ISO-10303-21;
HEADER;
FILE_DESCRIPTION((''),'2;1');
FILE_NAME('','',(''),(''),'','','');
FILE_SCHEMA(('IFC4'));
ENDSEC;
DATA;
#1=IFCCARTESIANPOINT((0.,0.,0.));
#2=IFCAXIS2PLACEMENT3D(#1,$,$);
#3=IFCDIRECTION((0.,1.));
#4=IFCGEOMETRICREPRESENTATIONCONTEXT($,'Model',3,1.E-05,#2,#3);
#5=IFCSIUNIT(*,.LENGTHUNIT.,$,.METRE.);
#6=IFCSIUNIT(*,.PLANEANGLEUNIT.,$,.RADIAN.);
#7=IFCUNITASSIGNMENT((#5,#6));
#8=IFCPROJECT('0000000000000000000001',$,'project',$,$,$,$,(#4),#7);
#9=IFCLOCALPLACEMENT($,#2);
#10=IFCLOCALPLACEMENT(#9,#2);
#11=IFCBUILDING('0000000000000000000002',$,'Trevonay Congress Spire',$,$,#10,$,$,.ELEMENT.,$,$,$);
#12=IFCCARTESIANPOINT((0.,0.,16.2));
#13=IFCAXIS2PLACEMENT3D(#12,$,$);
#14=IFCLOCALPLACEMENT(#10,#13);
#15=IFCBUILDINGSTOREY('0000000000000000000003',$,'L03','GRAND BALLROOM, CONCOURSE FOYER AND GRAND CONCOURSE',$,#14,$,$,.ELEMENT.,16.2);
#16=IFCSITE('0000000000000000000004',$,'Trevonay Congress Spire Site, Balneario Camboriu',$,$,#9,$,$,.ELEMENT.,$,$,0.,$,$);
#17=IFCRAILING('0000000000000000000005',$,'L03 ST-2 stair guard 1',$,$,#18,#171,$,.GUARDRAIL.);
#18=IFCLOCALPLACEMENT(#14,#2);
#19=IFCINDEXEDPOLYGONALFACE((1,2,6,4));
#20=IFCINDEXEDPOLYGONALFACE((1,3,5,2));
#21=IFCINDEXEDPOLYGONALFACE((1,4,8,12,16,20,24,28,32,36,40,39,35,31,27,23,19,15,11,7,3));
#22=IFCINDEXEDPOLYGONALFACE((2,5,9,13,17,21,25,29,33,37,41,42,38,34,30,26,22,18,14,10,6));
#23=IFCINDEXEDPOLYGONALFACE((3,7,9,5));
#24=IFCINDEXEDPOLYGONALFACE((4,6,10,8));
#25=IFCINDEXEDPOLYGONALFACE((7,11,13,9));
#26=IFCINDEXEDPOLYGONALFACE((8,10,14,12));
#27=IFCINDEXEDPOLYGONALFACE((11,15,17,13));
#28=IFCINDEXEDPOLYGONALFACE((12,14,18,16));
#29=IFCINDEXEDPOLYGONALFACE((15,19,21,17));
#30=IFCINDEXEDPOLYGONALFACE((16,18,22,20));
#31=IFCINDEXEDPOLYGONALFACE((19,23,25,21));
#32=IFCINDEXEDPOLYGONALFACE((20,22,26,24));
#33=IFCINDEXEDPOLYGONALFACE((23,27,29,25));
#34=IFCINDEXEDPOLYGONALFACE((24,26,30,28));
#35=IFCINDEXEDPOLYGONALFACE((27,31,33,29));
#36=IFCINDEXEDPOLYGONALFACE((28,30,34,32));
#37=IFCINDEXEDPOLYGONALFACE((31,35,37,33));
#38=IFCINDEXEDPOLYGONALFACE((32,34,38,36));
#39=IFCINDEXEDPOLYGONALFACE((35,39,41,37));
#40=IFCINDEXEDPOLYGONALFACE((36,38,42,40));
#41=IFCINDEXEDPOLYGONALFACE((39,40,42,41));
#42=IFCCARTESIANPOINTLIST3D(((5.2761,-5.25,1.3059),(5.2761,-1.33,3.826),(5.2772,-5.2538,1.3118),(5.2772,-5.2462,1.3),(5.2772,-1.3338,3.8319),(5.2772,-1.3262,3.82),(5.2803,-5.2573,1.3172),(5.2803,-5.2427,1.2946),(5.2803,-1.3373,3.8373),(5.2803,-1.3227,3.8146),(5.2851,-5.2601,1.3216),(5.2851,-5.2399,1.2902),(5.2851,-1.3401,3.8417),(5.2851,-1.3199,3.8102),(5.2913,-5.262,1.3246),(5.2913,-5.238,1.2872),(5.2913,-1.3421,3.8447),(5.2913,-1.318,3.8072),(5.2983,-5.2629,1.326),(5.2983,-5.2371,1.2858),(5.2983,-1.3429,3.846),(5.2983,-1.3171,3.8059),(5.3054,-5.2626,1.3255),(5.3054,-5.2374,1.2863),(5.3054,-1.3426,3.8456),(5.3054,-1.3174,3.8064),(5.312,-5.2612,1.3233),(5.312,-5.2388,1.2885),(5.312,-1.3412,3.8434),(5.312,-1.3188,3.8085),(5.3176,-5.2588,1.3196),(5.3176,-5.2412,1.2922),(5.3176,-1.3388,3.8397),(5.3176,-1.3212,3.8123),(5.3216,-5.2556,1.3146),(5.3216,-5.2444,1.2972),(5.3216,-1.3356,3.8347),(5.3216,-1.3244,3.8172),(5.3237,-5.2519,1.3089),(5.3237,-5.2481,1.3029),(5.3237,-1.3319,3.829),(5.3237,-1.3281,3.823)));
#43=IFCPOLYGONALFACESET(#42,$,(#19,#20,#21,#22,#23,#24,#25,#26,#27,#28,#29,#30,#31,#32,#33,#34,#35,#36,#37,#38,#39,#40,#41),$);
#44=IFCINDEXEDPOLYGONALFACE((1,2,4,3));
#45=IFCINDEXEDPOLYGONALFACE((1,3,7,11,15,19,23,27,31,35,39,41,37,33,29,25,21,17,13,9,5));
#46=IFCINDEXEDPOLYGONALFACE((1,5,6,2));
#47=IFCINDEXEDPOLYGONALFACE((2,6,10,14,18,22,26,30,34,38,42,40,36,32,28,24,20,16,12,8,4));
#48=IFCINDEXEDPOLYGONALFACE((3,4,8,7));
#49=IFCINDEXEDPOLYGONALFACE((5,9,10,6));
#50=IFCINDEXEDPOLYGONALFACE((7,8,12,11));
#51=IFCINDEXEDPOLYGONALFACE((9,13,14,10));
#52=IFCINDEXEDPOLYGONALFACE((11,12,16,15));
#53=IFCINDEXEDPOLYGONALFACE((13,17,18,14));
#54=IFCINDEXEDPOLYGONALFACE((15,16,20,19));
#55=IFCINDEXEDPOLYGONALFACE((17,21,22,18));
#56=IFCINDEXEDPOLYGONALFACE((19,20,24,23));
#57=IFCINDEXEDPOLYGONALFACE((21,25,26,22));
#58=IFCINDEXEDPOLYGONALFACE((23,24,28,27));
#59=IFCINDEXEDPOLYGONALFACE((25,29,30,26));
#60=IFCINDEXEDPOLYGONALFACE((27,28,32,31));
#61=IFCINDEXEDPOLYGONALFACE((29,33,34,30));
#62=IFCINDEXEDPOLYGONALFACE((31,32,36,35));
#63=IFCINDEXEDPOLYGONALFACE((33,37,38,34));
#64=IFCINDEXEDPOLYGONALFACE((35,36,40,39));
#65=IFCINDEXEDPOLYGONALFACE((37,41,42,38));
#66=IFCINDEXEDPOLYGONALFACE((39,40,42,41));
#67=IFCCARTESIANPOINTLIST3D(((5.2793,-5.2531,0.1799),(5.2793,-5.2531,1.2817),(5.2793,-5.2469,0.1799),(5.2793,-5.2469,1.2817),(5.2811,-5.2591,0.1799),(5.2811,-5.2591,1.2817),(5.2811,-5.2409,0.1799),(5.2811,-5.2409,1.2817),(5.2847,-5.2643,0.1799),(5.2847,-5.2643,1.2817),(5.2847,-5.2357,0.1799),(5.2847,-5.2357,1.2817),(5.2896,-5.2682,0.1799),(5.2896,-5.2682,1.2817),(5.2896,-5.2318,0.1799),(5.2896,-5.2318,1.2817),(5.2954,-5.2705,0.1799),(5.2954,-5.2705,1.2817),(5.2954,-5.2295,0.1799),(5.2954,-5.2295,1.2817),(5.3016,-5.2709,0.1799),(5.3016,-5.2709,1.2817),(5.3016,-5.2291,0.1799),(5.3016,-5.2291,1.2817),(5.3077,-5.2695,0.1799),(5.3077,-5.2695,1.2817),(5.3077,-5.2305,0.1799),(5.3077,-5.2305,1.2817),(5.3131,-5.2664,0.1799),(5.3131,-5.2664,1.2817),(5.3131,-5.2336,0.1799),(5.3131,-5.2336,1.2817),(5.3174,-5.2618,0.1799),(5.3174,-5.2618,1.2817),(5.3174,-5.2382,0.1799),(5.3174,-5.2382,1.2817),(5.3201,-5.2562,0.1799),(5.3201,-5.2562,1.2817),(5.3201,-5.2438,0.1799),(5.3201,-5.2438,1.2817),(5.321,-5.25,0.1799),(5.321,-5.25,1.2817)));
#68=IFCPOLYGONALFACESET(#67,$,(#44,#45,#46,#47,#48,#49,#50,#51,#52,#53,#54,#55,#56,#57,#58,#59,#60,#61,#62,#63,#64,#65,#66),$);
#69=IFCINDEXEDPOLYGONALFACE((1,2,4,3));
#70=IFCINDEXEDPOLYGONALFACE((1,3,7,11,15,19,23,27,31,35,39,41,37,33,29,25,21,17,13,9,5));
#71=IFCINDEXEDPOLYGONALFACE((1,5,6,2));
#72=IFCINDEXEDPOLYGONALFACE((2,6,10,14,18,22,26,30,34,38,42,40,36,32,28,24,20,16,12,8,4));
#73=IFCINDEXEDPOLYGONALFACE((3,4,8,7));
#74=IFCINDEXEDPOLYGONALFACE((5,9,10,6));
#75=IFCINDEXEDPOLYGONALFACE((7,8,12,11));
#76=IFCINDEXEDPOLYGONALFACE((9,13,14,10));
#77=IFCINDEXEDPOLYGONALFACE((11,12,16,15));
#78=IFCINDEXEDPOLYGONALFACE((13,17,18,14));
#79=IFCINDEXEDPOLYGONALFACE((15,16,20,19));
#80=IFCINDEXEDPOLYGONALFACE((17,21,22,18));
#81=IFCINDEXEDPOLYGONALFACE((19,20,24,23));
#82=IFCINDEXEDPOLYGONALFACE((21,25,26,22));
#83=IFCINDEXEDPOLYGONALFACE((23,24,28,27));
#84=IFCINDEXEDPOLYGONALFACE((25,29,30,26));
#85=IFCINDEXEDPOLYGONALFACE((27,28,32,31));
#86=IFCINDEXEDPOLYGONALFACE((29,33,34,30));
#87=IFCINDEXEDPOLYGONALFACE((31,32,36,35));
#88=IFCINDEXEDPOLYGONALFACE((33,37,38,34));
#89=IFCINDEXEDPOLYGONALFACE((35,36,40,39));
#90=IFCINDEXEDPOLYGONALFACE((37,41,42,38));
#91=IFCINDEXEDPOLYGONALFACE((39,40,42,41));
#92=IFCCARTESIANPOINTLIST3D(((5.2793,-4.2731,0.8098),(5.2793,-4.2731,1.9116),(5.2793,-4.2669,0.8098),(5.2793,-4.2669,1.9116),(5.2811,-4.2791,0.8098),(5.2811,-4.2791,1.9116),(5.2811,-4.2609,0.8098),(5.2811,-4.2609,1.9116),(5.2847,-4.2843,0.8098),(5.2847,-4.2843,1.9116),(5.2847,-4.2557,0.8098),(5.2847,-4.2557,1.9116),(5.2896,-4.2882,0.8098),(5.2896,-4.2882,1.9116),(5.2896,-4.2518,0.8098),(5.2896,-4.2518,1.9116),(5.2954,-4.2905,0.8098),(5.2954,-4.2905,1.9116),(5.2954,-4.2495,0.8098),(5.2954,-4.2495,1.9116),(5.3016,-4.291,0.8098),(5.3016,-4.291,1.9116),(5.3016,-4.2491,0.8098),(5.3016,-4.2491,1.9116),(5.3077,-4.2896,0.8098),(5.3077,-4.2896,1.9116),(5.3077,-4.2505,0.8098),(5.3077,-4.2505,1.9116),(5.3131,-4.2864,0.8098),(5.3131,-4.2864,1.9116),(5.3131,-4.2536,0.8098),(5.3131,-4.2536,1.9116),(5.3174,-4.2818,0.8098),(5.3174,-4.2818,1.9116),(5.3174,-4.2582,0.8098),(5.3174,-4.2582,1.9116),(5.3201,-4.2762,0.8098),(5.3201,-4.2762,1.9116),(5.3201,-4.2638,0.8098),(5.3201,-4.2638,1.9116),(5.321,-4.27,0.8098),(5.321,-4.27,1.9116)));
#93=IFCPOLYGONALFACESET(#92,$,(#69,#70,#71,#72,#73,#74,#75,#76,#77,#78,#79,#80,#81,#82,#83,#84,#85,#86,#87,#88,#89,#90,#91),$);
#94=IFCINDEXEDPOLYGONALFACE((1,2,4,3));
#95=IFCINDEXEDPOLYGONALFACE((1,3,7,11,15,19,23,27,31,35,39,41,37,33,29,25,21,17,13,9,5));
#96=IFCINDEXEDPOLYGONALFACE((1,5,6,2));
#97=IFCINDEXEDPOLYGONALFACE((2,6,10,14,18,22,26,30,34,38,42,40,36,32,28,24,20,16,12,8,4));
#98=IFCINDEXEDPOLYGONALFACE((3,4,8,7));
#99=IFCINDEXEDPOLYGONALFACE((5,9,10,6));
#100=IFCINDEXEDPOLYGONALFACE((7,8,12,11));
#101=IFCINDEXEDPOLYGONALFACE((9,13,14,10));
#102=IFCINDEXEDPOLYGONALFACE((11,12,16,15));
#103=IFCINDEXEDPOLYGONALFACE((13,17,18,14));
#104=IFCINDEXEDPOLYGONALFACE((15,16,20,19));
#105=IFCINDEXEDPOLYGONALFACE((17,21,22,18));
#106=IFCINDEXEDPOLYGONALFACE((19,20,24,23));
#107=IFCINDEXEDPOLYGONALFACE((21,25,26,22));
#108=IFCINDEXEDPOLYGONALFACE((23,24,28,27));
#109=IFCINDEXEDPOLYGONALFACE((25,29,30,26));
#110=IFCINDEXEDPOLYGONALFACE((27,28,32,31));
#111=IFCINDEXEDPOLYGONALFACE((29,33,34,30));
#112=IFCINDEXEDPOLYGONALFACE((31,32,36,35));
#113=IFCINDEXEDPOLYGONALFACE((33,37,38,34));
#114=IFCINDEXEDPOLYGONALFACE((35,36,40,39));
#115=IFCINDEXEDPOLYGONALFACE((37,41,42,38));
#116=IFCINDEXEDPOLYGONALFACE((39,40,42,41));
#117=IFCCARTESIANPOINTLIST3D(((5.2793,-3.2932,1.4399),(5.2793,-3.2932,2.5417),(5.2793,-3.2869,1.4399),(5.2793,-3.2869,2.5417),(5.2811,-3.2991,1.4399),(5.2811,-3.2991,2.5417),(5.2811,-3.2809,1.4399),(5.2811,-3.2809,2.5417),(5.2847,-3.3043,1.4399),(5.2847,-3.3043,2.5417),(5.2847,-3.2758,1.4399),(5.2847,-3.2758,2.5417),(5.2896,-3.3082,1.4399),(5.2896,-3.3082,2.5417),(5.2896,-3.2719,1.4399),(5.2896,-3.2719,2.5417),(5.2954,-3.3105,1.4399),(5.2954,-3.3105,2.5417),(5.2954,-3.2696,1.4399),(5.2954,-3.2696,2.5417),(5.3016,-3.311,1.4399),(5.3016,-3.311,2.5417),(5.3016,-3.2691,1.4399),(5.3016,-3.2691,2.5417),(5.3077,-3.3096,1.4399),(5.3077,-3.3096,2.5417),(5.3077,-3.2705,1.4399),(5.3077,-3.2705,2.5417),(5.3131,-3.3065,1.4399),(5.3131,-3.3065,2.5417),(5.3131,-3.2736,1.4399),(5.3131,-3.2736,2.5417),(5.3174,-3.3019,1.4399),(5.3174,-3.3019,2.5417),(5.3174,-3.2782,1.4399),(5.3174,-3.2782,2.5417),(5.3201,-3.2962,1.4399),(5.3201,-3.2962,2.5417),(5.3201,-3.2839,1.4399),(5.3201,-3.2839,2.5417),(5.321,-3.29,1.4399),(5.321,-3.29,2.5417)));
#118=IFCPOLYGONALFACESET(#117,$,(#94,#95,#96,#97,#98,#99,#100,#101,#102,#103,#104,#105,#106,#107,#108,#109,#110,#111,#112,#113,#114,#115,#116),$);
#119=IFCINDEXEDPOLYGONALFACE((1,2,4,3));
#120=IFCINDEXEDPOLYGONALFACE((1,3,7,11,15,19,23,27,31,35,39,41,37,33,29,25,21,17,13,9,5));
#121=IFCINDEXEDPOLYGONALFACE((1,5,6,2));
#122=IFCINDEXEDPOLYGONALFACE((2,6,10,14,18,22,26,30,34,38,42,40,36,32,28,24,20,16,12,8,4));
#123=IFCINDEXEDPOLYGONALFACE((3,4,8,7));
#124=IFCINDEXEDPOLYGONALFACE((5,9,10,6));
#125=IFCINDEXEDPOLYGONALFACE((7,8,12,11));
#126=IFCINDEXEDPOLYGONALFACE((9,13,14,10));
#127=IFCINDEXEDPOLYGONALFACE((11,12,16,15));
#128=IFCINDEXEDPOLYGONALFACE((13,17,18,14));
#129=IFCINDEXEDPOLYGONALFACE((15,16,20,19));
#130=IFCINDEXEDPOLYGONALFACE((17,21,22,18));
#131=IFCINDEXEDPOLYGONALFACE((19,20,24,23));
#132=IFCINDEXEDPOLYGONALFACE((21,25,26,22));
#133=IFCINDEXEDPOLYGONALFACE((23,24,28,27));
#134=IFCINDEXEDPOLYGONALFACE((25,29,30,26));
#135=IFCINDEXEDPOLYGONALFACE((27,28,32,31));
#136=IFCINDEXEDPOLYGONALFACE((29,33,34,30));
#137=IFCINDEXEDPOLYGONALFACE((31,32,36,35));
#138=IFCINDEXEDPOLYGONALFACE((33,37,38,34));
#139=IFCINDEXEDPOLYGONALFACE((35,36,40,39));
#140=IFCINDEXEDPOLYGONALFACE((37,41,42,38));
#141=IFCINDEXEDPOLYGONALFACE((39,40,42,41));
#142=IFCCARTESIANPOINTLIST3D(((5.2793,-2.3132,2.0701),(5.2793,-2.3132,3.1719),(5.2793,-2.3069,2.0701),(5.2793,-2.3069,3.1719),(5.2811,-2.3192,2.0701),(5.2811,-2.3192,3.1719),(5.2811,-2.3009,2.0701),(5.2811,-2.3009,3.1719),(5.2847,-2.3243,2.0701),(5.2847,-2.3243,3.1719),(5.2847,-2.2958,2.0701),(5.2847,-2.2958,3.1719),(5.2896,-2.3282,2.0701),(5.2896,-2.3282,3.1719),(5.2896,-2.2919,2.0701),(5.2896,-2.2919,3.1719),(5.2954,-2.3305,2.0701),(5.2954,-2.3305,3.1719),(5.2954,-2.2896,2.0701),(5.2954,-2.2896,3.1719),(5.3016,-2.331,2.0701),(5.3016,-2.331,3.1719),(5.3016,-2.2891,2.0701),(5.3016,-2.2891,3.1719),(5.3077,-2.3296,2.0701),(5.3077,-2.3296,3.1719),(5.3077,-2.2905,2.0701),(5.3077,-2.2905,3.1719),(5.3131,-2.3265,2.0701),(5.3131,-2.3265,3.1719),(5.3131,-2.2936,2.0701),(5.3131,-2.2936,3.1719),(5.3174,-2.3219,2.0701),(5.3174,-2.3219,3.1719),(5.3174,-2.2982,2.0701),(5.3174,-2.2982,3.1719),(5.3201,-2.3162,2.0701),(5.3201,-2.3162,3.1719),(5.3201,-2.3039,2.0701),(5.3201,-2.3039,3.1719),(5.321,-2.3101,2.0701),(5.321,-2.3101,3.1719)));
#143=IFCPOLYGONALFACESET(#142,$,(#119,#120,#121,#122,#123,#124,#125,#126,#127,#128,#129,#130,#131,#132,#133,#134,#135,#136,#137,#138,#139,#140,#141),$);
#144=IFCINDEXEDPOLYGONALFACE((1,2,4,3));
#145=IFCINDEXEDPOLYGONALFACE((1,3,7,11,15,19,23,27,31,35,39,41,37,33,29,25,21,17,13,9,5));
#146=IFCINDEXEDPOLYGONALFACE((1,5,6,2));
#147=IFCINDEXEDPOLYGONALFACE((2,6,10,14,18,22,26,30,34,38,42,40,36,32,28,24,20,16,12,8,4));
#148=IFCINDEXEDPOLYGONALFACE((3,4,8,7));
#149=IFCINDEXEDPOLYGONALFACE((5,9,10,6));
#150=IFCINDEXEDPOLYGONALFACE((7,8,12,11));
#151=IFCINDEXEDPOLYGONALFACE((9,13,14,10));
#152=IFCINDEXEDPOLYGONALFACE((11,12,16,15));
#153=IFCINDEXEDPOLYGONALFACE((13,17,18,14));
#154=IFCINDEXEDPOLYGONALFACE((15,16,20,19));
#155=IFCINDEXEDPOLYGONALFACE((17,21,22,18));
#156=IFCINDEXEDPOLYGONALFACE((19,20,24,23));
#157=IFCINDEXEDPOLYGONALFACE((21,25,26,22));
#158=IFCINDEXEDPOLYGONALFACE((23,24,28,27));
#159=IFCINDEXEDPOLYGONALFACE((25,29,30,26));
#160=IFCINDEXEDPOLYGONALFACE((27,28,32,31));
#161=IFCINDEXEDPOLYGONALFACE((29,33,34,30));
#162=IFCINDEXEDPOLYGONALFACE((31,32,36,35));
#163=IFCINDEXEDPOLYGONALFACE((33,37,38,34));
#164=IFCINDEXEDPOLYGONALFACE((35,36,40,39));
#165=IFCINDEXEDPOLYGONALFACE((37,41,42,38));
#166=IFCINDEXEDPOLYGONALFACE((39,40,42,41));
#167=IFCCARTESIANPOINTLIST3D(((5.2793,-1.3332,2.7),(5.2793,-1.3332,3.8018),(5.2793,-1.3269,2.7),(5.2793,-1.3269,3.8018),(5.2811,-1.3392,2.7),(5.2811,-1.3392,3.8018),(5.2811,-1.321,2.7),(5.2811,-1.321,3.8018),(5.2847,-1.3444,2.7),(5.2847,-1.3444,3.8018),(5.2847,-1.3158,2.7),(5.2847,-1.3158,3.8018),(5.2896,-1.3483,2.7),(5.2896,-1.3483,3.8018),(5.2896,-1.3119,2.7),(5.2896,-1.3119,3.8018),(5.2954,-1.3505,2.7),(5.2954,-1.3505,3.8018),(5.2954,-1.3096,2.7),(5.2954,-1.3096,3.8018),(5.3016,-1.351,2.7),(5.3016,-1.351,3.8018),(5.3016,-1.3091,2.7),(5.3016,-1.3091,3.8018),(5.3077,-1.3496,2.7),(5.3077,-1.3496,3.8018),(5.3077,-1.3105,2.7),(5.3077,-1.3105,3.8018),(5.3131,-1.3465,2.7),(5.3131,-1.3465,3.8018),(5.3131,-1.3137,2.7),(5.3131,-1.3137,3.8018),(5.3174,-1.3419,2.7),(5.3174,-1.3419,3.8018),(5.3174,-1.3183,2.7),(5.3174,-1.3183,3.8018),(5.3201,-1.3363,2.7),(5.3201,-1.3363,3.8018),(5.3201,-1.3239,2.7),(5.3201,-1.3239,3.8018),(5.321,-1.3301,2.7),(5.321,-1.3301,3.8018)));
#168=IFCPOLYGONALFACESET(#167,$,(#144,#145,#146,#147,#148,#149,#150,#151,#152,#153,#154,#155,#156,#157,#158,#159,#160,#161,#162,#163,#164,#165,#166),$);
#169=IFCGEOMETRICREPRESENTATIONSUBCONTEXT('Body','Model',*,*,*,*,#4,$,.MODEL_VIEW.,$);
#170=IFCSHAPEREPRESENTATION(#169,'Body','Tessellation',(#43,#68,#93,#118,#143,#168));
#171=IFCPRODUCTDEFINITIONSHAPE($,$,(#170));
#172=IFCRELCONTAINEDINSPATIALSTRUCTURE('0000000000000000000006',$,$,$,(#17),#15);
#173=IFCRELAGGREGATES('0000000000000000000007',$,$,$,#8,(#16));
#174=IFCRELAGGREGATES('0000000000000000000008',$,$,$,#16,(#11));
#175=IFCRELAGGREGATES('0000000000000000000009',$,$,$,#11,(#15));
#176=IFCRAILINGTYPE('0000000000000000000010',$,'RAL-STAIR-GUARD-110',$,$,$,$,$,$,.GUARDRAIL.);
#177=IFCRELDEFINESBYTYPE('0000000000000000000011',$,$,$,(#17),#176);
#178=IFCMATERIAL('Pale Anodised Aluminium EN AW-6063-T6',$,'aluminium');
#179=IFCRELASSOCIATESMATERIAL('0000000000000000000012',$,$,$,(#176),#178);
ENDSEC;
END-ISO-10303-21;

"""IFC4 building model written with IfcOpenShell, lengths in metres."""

from ifc_helpers import new_model, si_unit, direction, frame, origin, origin_2d, place, context, subcontext, project, spatial, circle, extrude, material, type_object, element, save


model = new_model("IFC4")

# Units and contexts
model_context = context("Model", 3, precision=1e-05, world=origin(), true_north=direction((0.0, 1.0)))
body_context = subcontext(model_context, "Body", "Model", "MODEL_VIEW")
ifc_project = project(units=[si_unit("LENGTHUNIT", "METRE"), si_unit("PLANEANGLEUNIT", "RADIAN")], contexts=[model_context])

# Site, building, storey
site_placement = place(None, origin())
site = spatial("IfcSite", under=ifc_project, at=site_placement, Name="Trevonay Congress Spire Site, Balneario Camboriu", CompositionType="ELEMENT", RefElevation=0.0)
building_placement = place(site_placement, origin())
building = spatial("IfcBuilding", under=site, at=building_placement, Name="Trevonay Congress Spire", CompositionType="ELEMENT")
storey_placement = place(building_placement, frame((0.0, 0.0, 16.2)))
storey = spatial("IfcBuildingStorey", under=building, at=storey_placement, Name="L03", Description="GRAND BALLROOM, CONCOURSE FOYER AND GRAND CONCOURSE", CompositionType="ELEMENT", Elevation=16.2)

# Railing
ifc_material_1 = material(Name="Pale Anodised Aluminium EN AW-6063-T6", Category="aluminium")
railing_type_1 = type_object("IfcRailingType", Name="RAL-STAIR-GUARD-110", PredefinedType="GUARDRAIL", material=ifc_material_1)
railing_1_placement = place(storey_placement, frame((5.3, -5.25, 0.1799)))
element("IfcRailing", 1, at=railing_1_placement, inside=storey, type_object=railing_type_1, Name="L03 ST-2 stair guard 1", PredefinedType="GUARDRAIL", context=body_context, shape_type="SweptSolid", body=[
    extrude(circle(Radius=0.0239, at=origin_2d()), frame((0.0, 0.0, 1.126), z_axis=(0.0, 0.841172, 0.540768), x_axis=(-1.0, 0.0, 0.0)), (0.0, 0.0, 1.0), 4.6602),
    extrude(circle(Radius=0.021, at=origin_2d()), origin(), (0.0, 0.0, 1.0), 1.1018),
    extrude(circle(Radius=0.021, at=origin_2d()), frame((0.0, 0.98, 0.6299)), (0.0, 0.0, 1.0), 1.1018),
    extrude(circle(Radius=0.021, at=origin_2d()), frame((0.0, 1.96, 1.26)), (0.0, 0.0, 1.0), 1.1018),
    extrude(circle(Radius=0.021, at=origin_2d()), frame((0.0, 2.9399, 1.8901)), (0.0, 0.0, 1.0), 1.1018),
    extrude(circle(Radius=0.021, at=origin_2d()), frame((0.0, 3.9199, 2.52)), (0.0, 0.0, 1.0), 1.1018),
])

save(model, "model.ifc")
